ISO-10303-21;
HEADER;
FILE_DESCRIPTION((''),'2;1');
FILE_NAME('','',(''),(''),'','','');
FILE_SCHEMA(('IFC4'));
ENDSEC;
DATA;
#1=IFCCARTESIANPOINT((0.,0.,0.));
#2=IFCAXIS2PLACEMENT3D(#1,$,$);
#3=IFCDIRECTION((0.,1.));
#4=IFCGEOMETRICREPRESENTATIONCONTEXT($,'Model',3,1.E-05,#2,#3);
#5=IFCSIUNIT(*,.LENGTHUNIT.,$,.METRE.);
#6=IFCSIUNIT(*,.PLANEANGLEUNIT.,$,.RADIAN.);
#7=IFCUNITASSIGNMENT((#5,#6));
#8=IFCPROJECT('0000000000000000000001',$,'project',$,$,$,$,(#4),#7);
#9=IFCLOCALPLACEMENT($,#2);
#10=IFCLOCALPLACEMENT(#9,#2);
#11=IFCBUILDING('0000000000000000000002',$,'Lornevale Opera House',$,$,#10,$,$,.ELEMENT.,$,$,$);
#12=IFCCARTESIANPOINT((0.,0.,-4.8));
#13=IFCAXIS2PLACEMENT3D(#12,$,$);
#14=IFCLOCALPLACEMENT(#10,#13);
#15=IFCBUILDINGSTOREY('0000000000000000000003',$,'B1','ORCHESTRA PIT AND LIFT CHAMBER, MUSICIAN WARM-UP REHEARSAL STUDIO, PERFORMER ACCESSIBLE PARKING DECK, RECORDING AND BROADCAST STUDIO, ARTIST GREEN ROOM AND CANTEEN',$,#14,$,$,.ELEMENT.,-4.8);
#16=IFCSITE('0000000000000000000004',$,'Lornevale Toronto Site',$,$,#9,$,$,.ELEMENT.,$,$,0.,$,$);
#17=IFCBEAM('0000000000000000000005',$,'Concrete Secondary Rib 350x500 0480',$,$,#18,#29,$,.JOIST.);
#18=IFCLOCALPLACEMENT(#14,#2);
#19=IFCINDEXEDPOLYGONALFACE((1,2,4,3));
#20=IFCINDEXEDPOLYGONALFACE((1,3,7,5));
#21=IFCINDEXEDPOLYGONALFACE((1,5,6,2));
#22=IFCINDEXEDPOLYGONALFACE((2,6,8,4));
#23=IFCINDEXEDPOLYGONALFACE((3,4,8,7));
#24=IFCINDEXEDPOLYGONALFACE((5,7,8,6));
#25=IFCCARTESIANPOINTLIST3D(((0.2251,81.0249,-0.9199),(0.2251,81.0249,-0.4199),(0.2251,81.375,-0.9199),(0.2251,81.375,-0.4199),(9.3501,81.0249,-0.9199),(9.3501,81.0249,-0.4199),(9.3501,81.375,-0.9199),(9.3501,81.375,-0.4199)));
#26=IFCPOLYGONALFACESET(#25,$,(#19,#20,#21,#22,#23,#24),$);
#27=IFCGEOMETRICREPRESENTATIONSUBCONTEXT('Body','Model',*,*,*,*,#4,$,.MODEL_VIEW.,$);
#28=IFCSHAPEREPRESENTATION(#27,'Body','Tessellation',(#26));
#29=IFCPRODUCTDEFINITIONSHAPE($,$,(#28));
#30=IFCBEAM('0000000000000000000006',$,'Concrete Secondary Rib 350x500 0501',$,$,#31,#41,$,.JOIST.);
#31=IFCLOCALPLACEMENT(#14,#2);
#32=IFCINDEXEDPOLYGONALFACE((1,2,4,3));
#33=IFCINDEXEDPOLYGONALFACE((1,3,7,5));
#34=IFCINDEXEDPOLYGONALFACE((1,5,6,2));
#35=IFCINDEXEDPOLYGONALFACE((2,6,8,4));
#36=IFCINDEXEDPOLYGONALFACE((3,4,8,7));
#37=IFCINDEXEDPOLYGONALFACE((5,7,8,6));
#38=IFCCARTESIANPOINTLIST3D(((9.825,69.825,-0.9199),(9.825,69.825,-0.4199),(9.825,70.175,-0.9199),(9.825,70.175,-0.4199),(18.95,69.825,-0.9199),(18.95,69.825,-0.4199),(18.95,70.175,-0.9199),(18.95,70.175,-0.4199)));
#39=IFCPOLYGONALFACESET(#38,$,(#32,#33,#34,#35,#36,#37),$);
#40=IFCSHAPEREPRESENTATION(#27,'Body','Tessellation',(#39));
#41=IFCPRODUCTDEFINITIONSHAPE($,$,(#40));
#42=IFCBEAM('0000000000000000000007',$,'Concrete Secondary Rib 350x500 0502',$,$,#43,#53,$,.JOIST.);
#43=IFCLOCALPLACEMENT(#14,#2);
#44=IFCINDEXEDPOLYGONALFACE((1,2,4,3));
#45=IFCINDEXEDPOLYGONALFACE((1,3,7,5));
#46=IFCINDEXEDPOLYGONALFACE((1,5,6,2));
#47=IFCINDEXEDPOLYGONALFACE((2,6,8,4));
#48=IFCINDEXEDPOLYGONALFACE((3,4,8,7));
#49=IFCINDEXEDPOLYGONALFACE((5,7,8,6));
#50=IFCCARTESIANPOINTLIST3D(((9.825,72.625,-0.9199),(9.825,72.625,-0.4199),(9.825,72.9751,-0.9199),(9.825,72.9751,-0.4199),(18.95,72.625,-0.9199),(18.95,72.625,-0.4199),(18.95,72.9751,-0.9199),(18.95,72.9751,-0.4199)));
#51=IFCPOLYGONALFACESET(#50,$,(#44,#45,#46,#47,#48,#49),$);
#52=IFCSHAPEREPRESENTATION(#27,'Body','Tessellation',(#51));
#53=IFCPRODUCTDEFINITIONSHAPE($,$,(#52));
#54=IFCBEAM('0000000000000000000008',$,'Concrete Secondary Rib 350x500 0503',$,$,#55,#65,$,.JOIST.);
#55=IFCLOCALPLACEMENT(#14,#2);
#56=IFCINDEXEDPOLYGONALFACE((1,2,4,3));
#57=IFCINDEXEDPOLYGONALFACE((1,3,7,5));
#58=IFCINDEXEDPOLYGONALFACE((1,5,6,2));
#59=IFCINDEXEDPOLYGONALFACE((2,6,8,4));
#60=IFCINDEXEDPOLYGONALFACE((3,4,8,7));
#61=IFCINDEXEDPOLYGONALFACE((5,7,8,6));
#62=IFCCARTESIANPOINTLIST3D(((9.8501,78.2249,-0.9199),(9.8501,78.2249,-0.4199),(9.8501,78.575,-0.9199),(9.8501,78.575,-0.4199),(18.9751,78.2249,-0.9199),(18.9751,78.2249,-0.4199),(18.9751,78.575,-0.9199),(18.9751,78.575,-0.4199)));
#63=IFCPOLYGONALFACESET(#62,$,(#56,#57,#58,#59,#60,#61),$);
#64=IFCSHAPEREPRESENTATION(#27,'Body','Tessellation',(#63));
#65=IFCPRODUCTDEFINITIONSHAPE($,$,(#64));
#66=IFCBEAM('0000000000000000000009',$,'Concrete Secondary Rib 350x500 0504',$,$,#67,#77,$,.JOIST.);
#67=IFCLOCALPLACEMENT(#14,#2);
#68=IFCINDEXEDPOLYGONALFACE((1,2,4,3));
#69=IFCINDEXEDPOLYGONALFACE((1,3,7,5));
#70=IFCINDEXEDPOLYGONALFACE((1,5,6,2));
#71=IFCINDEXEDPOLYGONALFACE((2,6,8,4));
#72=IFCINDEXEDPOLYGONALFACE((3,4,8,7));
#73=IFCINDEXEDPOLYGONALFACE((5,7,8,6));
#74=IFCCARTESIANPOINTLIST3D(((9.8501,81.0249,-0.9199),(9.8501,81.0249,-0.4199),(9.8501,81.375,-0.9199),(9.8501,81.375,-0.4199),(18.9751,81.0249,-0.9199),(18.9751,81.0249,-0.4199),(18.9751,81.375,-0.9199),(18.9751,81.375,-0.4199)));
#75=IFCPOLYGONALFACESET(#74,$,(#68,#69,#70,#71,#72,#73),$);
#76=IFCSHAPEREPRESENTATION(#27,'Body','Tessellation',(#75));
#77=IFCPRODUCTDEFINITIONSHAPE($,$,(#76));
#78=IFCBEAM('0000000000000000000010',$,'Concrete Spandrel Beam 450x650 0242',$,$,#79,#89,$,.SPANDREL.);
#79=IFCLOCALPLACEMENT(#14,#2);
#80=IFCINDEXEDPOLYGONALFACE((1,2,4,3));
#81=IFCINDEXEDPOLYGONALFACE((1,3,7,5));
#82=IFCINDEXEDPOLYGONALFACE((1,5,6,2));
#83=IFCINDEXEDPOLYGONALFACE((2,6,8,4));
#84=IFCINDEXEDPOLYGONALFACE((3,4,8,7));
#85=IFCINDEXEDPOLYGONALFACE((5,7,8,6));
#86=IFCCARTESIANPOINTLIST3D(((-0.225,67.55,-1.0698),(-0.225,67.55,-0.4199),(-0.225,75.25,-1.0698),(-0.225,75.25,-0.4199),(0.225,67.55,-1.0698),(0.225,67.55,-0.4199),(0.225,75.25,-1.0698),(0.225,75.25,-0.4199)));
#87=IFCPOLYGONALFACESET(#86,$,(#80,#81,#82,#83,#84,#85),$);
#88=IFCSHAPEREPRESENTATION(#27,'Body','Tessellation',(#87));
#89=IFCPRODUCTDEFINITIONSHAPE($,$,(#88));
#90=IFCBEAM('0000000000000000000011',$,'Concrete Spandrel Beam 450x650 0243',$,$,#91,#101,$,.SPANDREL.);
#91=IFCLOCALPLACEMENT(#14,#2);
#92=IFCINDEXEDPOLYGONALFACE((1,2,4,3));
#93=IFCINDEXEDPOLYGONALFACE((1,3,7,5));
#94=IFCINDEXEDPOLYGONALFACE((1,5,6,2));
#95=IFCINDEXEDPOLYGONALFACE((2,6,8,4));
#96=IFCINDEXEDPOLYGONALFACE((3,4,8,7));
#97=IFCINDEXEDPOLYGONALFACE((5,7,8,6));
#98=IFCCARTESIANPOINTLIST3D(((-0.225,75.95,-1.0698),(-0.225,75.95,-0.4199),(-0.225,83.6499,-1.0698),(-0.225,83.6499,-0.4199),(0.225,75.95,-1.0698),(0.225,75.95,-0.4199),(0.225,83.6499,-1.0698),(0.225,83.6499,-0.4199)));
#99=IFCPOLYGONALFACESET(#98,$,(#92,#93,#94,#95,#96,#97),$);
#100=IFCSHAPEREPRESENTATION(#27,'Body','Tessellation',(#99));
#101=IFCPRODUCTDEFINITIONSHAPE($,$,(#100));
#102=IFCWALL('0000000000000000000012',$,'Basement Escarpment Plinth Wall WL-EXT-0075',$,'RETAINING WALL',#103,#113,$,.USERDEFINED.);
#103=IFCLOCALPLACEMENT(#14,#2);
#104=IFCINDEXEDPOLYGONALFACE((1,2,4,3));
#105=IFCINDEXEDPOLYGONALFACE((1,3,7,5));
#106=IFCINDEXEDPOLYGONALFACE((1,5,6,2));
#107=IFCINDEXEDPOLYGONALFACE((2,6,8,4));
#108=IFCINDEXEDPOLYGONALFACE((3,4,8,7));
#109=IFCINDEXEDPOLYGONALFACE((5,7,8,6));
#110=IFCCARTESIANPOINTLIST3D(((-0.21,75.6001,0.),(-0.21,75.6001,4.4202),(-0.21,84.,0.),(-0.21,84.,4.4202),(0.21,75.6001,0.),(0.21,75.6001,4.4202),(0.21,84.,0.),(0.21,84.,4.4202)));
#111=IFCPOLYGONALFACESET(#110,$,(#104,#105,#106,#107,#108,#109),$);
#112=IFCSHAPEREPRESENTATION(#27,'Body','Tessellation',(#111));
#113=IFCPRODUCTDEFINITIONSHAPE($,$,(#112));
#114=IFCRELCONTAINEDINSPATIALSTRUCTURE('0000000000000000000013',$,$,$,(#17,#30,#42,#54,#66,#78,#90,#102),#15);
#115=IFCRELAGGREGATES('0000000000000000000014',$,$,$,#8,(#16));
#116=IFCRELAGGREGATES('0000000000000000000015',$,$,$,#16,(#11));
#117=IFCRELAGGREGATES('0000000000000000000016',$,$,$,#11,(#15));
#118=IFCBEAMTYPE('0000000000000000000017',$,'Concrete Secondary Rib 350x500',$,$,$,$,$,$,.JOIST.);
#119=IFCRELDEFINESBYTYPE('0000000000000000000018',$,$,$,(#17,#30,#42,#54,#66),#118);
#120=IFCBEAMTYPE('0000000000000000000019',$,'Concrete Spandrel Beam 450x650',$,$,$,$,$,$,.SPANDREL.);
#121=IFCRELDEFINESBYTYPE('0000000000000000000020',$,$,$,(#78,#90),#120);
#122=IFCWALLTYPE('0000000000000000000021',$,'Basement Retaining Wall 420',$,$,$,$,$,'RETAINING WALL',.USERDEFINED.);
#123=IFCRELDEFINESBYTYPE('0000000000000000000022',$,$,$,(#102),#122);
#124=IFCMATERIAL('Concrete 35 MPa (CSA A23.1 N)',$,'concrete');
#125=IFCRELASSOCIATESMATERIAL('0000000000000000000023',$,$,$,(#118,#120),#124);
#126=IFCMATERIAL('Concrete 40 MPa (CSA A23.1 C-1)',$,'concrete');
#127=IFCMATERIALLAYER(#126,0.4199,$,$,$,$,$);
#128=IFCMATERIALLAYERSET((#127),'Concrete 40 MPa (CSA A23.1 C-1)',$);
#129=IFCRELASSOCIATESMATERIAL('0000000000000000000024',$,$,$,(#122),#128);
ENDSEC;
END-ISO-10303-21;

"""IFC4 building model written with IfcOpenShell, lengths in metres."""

from ifc_helpers import new_model, si_unit, direction, frame, frame_2d, origin, origin_2d, place, context, subcontext, project, spatial, rectangle, extrude, material, layer, layer_set, material_profile, profile_set, type_object, element, save


model = new_model("IFC4")

# Units and contexts
model_context = context("Model", 3, precision=1e-05, world=origin(), true_north=direction((0.0, 1.0)))
body_context = subcontext(model_context, "Body", "Model", "MODEL_VIEW")
ifc_project = project(units=[si_unit("LENGTHUNIT", "METRE"), si_unit("PLANEANGLEUNIT", "RADIAN")], contexts=[model_context])

# Site, building, storey
site_placement = place(None, origin())
site = spatial("IfcSite", under=ifc_project, at=site_placement, Name="Lornevale Toronto Site", CompositionType="ELEMENT", RefElevation=0.0)
building_placement = place(site_placement, origin())
building = spatial("IfcBuilding", under=site, at=building_placement, Name="Lornevale Opera House", CompositionType="ELEMENT")
storey_placement = place(building_placement, frame((0.0, 0.0, -4.8)))
storey = spatial("IfcBuildingStorey", under=building, at=storey_placement, Name="B1", Description="ORCHESTRA PIT AND LIFT CHAMBER, MUSICIAN WARM-UP REHEARSAL STUDIO, PERFORMER ACCESSIBLE PARKING DECK, RECORDING AND BROADCAST STUDIO, ARTIST GREEN ROOM AND CANTEEN", CompositionType="ELEMENT", Elevation=-4.8)

# Shared definitions
ifc_material_1 = material(Name="Concrete 40 MPa (CSA A23.1 C-1)", Category="concrete")

# Beams
ifc_material_2 = material(Name="Concrete 35 MPa (CSA A23.1 N)", Category="concrete")
ifc_material_profile_1 = material_profile(ifc_material_2, rectangle(XDim=0.3501, YDim=0.5, at=origin_2d()), Name="RC350x500")
ifc_profile_set_1 = profile_set([ifc_material_profile_1], Name="Concrete 35 MPa (CSA A23.1 N)")
beam_type_1 = type_object("IfcBeamType", Name="Concrete Secondary Rib 350x500", PredefinedType="JOIST", material=ifc_profile_set_1)
for number, where, z_axis, x_axis, name in (
    (1, (0.2251, 81.2, -0.6699), (1.0, 0.0, 0.0), (0.0, 1.0, 0.0), "Concrete Secondary Rib 350x500 0480"),
    (2, (9.825, 70.0, -0.6699), (1.0, 0.0, 0.0), (0.0, 1.0, 0.0), "Concrete Secondary Rib 350x500 0501"),
    (3, (9.825, 72.8, -0.6699), (1.0, 0.0, 0.0), (0.0, 1.0, 0.0), "Concrete Secondary Rib 350x500 0502"),
    (4, (9.8501, 78.3999, -0.6699), (1.0, 0.0, 0.0), (0.0, 1.0, 0.0), "Concrete Secondary Rib 350x500 0503"),
    (5, (9.8501, 81.2, -0.6699), (1.0, 0.0, 0.0), (0.0, 1.0, 0.0), "Concrete Secondary Rib 350x500 0504"),
):
    element("IfcBeam", number, at=place(storey_placement, frame(where, z_axis=z_axis, x_axis=x_axis)), inside=storey, type_object=beam_type_1, Name=name, PredefinedType="JOIST", context=body_context, shape_type="SweptSolid", body=[
        extrude(rectangle(XDim=0.3501, YDim=0.5, at=origin_2d()), origin(), (0.0, 0.0, 1.0), 9.125),
    ])
ifc_material_profile_2 = material_profile(ifc_material_2, rectangle(XDim=0.45, YDim=0.6499, at=origin_2d()), Name="RC450x650")
ifc_profile_set_2 = profile_set([ifc_material_profile_2], Name="Concrete 35 MPa (CSA A23.1 N)")
beam_type_2 = type_object("IfcBeamType", Name="Concrete Spandrel Beam 450x650", PredefinedType="SPANDREL", material=ifc_profile_set_2)
for number, where, z_axis, x_axis, name in (
    (6, (0.0, 67.55, -0.7449), (0.0, 1.0, 0.0), (-1.0, 0.0, 0.0), "Concrete Spandrel Beam 450x650 0242"),
    (7, (0.0, 75.95, -0.7449), (0.0, 1.0, 0.0), (-1.0, 0.0, 0.0), "Concrete Spandrel Beam 450x650 0243"),
):
    element("IfcBeam", number, at=place(storey_placement, frame(where, z_axis=z_axis, x_axis=x_axis)), inside=storey, type_object=beam_type_2, Name=name, PredefinedType="SPANDREL", context=body_context, shape_type="SweptSolid", body=[
        extrude(rectangle(XDim=0.45, YDim=0.6499, at=origin_2d()), origin(), (0.0, 0.0, 1.0), 7.7),
    ])

# Wall
ifc_layer = layer(ifc_material_1, 0.4199)
ifc_layer_set = layer_set([ifc_layer], Name="Concrete 40 MPa (CSA A23.1 C-1)")
wall_type = type_object("IfcWallType", Name="Basement Retaining Wall 420", ElementType="RETAINING WALL", PredefinedType="USERDEFINED", material=ifc_layer_set)
wall_placement = place(storey_placement, frame((0.0, 75.6001, 0.0), z_axis=(0.0, 0.0, 1.0), x_axis=(0.0, 1.0, 0.0)))
element("IfcWall", 8, at=wall_placement, inside=storey, type_object=wall_type, Name="Basement Escarpment Plinth Wall WL-EXT-0075", ObjectType="RETAINING WALL", PredefinedType="USERDEFINED", context=body_context, shape_type="SweptSolid", body=[
    extrude(rectangle(XDim=8.3999, YDim=0.4199, at=frame_2d((4.2, 0.0))), origin(), (0.0, 0.0, 1.0), 4.4202),
])

save(model, "model.ifc")
